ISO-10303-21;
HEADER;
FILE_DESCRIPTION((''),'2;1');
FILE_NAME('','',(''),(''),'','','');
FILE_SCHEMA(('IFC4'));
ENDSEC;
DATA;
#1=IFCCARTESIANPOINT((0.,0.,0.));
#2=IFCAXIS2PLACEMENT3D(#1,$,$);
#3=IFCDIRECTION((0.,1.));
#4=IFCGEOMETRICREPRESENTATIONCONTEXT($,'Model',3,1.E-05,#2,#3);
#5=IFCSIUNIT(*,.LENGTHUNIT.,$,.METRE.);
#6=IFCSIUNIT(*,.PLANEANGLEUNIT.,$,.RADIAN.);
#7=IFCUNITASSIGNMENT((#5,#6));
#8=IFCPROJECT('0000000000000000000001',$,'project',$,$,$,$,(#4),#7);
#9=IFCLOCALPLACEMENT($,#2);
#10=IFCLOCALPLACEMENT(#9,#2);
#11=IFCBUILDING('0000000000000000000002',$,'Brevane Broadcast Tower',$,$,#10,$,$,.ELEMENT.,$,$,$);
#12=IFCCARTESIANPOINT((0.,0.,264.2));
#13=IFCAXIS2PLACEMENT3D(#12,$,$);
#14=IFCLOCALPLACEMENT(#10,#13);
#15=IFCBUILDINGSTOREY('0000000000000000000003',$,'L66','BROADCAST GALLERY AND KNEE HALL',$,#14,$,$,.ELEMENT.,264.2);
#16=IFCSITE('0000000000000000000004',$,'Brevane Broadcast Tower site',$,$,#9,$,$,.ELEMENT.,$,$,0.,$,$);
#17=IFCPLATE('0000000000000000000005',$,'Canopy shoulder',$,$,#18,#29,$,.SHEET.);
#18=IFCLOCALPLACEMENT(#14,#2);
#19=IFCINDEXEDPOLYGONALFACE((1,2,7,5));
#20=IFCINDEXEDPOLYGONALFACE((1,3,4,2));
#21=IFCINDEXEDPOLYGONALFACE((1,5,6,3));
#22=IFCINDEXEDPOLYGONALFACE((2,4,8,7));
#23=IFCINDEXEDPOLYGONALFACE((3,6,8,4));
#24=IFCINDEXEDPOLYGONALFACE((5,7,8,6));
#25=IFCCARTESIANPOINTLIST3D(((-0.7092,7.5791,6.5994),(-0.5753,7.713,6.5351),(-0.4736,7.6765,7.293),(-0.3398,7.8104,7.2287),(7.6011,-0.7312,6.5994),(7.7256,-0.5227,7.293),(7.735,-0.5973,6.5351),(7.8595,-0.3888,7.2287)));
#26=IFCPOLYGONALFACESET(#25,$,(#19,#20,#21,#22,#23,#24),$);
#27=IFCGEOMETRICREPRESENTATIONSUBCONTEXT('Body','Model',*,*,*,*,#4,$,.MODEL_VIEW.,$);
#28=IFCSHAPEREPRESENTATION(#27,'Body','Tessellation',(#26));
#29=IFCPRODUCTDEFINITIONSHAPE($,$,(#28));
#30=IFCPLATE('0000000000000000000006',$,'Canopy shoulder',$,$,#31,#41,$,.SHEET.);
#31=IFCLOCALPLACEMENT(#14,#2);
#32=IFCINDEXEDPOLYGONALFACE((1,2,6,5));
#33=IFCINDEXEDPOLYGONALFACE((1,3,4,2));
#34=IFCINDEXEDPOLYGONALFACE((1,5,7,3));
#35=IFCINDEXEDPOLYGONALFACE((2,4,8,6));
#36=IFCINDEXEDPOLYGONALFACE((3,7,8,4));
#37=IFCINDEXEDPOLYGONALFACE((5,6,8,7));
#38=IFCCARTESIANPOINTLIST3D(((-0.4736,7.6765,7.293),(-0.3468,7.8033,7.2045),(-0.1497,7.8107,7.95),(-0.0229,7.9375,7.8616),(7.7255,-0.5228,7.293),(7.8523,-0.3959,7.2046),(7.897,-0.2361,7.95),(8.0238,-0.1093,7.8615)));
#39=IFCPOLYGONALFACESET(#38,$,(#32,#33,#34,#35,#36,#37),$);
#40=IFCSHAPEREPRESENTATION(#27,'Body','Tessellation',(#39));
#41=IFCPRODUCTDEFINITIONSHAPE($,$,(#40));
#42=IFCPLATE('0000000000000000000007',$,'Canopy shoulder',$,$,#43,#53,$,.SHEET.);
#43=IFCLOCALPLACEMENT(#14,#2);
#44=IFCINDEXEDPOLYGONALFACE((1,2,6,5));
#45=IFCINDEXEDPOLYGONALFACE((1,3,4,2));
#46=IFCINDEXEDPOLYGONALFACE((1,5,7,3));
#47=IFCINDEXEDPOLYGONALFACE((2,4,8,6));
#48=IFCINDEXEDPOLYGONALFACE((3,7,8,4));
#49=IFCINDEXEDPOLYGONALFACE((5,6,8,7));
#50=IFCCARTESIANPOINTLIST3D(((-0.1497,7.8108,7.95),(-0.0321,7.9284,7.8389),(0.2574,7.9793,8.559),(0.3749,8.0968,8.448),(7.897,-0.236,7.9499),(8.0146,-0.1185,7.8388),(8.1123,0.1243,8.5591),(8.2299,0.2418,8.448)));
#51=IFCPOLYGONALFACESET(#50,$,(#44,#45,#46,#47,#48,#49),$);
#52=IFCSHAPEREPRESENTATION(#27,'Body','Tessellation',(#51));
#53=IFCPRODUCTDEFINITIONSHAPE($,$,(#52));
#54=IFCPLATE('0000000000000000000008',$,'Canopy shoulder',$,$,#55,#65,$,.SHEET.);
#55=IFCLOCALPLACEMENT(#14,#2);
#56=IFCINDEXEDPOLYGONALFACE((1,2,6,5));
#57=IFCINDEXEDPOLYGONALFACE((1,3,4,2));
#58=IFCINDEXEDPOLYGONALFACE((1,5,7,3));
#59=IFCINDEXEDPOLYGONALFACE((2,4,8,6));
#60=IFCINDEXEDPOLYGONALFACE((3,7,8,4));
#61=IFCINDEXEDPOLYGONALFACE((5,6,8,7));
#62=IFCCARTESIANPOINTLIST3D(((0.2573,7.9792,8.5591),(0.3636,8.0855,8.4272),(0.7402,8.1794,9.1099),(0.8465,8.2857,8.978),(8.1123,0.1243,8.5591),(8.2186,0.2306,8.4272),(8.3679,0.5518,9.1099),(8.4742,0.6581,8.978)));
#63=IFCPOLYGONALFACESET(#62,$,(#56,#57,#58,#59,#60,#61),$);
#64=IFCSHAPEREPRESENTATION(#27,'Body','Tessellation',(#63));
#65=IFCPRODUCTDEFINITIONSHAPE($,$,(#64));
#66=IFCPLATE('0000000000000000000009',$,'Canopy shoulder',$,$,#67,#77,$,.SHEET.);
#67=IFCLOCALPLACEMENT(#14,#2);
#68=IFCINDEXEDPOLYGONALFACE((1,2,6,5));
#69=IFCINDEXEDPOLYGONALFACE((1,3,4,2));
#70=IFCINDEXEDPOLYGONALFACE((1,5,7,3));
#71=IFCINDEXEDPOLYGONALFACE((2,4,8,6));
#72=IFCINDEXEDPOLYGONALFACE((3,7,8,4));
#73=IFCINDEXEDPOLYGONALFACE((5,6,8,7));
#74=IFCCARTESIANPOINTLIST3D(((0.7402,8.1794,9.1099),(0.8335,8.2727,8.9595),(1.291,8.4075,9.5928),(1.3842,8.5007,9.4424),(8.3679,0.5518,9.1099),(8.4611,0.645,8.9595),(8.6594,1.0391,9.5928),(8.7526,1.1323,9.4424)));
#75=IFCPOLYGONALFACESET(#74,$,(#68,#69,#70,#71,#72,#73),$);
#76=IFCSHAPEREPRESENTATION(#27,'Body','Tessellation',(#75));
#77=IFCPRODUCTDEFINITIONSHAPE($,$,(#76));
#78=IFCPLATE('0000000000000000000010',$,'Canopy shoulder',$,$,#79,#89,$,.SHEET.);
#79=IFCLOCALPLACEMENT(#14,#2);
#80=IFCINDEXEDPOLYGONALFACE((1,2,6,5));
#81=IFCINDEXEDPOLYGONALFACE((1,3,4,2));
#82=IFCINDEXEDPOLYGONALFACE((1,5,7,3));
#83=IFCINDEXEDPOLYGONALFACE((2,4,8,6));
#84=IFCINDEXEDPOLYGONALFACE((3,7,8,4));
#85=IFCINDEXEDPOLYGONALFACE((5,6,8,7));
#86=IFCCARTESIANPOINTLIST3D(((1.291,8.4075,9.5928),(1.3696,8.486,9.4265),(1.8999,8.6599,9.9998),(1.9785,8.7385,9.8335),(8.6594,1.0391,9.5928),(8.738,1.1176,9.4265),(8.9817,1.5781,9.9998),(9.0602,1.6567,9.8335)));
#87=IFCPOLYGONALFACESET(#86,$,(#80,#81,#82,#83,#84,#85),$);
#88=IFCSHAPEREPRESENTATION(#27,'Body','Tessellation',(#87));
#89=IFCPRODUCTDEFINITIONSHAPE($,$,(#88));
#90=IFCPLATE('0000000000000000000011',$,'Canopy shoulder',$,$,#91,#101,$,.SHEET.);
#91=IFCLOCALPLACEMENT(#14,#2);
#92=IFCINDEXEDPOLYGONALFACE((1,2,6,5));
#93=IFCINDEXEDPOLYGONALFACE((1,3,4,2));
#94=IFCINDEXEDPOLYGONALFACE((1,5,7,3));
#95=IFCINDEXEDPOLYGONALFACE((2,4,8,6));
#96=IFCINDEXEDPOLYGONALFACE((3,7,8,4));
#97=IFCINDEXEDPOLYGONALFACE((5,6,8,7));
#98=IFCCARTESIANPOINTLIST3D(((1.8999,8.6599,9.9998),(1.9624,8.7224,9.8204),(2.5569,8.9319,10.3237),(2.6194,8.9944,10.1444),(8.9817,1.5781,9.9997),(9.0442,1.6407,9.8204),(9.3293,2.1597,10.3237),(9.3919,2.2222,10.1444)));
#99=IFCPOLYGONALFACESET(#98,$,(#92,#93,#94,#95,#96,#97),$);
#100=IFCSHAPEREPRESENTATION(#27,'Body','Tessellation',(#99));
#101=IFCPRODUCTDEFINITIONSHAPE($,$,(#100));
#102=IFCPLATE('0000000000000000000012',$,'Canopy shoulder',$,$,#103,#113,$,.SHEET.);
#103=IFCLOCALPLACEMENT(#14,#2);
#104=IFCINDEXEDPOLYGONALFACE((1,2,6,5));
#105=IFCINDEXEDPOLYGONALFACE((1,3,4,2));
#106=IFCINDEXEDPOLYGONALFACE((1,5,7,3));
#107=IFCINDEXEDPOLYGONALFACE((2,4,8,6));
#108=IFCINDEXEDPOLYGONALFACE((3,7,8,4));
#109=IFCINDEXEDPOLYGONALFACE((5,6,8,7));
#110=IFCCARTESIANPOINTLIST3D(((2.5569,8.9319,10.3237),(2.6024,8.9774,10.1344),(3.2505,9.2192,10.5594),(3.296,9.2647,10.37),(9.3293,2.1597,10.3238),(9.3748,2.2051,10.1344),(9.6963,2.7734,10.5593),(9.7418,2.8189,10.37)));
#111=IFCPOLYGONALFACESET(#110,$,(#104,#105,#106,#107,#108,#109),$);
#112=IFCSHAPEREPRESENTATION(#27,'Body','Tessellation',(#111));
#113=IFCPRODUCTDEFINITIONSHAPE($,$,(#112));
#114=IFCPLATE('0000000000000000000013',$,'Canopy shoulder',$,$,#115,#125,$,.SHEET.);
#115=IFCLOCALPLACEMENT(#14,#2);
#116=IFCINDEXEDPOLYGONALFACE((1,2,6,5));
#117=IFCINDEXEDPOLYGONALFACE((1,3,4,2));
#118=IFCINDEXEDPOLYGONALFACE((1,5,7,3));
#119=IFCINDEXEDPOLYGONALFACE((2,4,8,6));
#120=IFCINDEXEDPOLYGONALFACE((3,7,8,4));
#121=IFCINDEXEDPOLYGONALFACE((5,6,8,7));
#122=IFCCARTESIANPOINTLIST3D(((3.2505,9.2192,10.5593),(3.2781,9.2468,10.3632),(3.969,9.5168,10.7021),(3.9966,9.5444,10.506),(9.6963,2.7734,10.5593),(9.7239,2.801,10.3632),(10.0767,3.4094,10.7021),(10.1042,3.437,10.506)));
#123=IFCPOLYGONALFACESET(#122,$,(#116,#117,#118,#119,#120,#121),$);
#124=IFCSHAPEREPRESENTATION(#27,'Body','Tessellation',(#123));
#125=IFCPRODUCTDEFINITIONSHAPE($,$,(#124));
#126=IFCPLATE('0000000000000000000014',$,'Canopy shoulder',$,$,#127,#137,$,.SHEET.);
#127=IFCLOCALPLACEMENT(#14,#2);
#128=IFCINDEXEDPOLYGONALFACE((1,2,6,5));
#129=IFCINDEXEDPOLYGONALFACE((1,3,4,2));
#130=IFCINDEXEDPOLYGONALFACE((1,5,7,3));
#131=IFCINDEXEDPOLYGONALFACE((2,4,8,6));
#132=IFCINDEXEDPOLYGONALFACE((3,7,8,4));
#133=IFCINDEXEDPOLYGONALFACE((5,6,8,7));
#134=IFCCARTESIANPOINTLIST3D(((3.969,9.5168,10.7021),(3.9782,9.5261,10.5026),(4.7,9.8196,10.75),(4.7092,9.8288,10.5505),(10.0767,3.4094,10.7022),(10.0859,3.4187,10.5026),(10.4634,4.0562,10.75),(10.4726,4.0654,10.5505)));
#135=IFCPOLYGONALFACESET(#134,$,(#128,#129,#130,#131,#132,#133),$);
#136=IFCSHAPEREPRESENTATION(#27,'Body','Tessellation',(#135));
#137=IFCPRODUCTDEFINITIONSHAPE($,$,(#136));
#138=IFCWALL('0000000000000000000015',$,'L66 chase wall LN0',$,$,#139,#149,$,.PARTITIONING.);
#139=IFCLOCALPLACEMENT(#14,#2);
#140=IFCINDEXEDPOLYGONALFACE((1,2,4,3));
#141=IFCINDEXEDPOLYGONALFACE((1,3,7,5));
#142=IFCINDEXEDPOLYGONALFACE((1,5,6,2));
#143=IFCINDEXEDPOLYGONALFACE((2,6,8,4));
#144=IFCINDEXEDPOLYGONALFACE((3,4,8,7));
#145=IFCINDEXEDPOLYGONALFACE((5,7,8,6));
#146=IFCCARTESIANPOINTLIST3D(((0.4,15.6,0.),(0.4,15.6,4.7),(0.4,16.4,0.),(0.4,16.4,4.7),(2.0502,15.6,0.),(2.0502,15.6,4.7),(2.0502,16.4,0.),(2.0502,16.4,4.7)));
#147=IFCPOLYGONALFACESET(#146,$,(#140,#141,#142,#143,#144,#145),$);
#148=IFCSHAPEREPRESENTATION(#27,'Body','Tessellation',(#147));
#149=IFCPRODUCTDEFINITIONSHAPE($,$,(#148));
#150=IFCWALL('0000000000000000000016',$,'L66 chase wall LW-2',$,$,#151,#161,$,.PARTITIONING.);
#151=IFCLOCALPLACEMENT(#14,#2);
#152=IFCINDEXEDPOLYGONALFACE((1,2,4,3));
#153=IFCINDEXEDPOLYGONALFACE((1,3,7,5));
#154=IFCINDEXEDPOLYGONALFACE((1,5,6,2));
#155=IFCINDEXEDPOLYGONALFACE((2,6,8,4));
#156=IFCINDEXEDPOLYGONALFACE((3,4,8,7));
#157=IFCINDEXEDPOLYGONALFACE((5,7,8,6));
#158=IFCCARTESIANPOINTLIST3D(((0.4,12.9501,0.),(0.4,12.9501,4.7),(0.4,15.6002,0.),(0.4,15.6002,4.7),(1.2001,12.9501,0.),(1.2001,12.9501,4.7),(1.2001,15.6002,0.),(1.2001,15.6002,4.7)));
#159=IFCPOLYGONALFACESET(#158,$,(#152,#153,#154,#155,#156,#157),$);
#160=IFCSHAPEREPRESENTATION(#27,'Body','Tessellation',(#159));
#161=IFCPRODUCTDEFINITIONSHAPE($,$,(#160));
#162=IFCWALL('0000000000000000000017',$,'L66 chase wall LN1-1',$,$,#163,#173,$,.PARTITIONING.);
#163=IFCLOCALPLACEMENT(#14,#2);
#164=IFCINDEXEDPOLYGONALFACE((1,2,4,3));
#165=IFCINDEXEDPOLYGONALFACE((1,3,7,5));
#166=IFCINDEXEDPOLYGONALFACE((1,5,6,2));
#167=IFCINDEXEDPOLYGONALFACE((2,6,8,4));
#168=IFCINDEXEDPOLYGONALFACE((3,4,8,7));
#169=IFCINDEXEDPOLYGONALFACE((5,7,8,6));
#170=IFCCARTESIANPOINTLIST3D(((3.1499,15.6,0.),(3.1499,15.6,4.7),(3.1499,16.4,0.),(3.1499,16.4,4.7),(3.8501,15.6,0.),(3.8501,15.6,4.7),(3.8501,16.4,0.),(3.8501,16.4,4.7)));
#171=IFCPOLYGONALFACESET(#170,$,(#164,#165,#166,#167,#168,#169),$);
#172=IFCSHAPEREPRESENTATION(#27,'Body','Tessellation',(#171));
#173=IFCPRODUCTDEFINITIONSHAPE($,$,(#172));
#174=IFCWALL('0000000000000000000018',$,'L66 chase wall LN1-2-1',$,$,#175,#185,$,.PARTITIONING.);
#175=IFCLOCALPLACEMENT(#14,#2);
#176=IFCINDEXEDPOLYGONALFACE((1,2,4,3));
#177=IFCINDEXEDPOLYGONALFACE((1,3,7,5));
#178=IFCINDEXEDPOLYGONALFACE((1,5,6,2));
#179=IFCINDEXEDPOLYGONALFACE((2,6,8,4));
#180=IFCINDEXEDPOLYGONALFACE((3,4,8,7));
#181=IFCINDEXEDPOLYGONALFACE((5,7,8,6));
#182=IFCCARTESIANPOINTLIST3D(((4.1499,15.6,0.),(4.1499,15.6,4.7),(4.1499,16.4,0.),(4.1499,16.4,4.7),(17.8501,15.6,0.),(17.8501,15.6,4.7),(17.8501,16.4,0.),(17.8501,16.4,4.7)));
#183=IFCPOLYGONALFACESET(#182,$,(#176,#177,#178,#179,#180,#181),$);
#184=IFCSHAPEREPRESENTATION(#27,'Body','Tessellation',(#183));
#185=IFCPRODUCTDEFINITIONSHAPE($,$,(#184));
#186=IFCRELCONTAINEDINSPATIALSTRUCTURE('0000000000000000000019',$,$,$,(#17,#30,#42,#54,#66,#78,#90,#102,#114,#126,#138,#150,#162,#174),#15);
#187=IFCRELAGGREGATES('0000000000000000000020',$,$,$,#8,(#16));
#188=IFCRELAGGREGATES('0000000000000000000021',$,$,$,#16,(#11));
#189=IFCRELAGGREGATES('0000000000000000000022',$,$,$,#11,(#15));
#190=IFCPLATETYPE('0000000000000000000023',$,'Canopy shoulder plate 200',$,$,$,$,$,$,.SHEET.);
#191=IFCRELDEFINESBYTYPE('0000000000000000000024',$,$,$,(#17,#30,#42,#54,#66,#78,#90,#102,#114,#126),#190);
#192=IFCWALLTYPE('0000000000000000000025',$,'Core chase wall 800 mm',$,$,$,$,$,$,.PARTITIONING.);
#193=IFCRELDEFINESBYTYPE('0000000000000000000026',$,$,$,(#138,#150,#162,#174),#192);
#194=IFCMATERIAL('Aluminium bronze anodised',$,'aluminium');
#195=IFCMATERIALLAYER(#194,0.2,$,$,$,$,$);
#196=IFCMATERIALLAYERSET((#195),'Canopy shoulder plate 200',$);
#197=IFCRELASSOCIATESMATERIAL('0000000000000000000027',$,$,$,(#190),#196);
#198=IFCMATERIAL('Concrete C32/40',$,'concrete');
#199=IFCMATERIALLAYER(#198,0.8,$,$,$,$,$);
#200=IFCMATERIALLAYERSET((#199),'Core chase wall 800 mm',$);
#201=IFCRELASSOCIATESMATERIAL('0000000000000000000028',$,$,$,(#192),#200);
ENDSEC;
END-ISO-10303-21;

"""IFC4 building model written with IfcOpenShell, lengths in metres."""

from ifc_helpers import new_model, si_unit, direction, frame, frame_2d, origin, place, context, subcontext, project, spatial, polyline, rectangle, outline, extrude, material, layer, layer_set, type_object, element, save


model = new_model("IFC4")

# Units and contexts
model_context = context("Model", 3, precision=1e-05, world=origin(), true_north=direction((0.0, 1.0)))
body_context = subcontext(model_context, "Body", "Model", "MODEL_VIEW")
ifc_project = project(units=[si_unit("LENGTHUNIT", "METRE"), si_unit("PLANEANGLEUNIT", "RADIAN")], contexts=[model_context])

# Site, building, storey
site_placement = place(None, origin())
site = spatial("IfcSite", under=ifc_project, at=site_placement, Name="Brevane Broadcast Tower site", CompositionType="ELEMENT", RefElevation=0.0)
building_placement = place(site_placement, origin())
building = spatial("IfcBuilding", under=site, at=building_placement, Name="Brevane Broadcast Tower", CompositionType="ELEMENT")
storey_placement = place(building_placement, frame((0.0, 0.0, 264.2)))
storey = spatial("IfcBuildingStorey", under=building, at=storey_placement, Name="L66", Description="BROADCAST GALLERY AND KNEE HALL", CompositionType="ELEMENT", Elevation=264.2)

# Plates
ifc_material_1 = material(Name="Aluminium bronze anodised", Category="aluminium")
ifc_layer_1 = layer(ifc_material_1, 0.2)
ifc_layer_set_1 = layer_set([ifc_layer_1], Name="Canopy shoulder plate 200")
plate_type = type_object("IfcPlateType", Name="Canopy shoulder plate 200", PredefinedType="SHEET", material=ifc_layer_set_1)
plate_1_placement = place(storey_placement, frame((-0.7092, 7.5791, 6.5994), z_axis=(-0.669573, -0.669573, 0.321471), x_axis=(0.707107, -0.707107, 0.0)))
element("IfcPlate", 1, at=plate_1_placement, inside=storey, type_object=plate_type, Name="Canopy shoulder", PredefinedType="SHEET", context=body_context, shape_type="SweptSolid", body=[
    extrude(outline(polyline([(0.0, 0.0), (11.7525, 0.0), (11.6932, 0.7325), (0.0977, 0.7325), (0.0, 0.0)])), origin(), (0.0, 0.0, -1.0), 0.2),
])
plate_2_placement = place(storey_placement, frame((-0.4736, 7.6765, 7.293), z_axis=(-0.634205, -0.634196, 0.442244), x_axis=(0.707103, -0.707111, 0.000003)))
element("IfcPlate", 2, at=plate_2_placement, inside=storey, type_object=plate_type, Name="Canopy shoulder", PredefinedType="SHEET", context=body_context, shape_type="SweptSolid", body=[
    extrude(outline(polyline([(0.0, 0.0), (11.5954, 0.0), (11.514, 0.7325), (0.1341, 0.7325), (0.0, 0.0)])), origin(), (0.0, 0.0, -1.0), 0.2),
])
plate_3_placement = place(storey_placement, frame((-0.1497, 7.8108, 7.95), z_axis=(-0.587953, -0.587944, 0.555547), x_axis=(0.7071, -0.707114, -0.000003)))
element("IfcPlate", 3, at=plate_3_placement, inside=storey, type_object=plate_type, Name="Canopy shoulder", PredefinedType="SHEET", context=body_context, shape_type="SweptSolid", body=[
    extrude(outline(polyline([(0.0, 0.0), (11.3798, 0.0), (11.2773, 0.7326), (0.1687, 0.7325), (0.0, 0.0)])), origin(), (0.0, 0.0, -1.0), 0.2),
])
plate_4_placement = place(storey_placement, frame((0.2573, 7.9792, 8.5591), z_axis=(-0.531628, -0.531628, 0.659351), x_axis=(0.707107, -0.707107, 0.0)))
element("IfcPlate", 4, at=plate_4_placement, inside=storey, type_object=plate_type, Name="Canopy shoulder", PredefinedType="SHEET", context=body_context, shape_type="SweptSolid", body=[
    extrude(outline(polyline([(0.0, 0.0), (11.1086, 0.0), (10.9871, 0.7326), (0.1999, 0.7326), (0.0, 0.0)])), origin(), (0.0, 0.0, -1.0), 0.2),
])
plate_5_placement = place(storey_placement, frame((0.7402, 8.1794, 9.1099), z_axis=(-0.466205, -0.466205, 0.751868), x_axis=(0.707107, -0.707107, 0.0)))
element("IfcPlate", 5, at=plate_5_placement, inside=storey, type_object=plate_type, Name="Canopy shoulder", PredefinedType="SHEET", context=body_context, shape_type="SweptSolid", body=[
    extrude(outline(polyline([(0.0, 0.0), (10.7872, 0.0), (10.6487, 0.7324), (0.2282, 0.7324), (0.0, 0.0)])), origin(), (0.0, 0.0, -1.0), 0.2),
])
plate_6_placement = place(storey_placement, frame((1.291, 8.4075, 9.5928), z_axis=(-0.392866, -0.392866, 0.831452), x_axis=(0.707107, -0.707107, 0.0)))
element("IfcPlate", 6, at=plate_6_placement, inside=storey, type_object=plate_type, Name="Canopy shoulder", PredefinedType="SHEET", context=body_context, shape_type="SweptSolid", body=[
    extrude(outline(polyline([(0.0, 0.0), (10.4205, 0.0), (10.2672, 0.7325), (0.252, 0.7325), (0.0, 0.0)])), origin(), (0.0, 0.0, -1.0), 0.2),
])
plate_7_placement = place(storey_placement, frame((1.8999, 8.6599, 9.9998), z_axis=(-0.312742, -0.312748, 0.896873), x_axis=(0.707108, -0.707106, -0.000003)))
element("IfcPlate", 7, at=plate_7_placement, inside=storey, type_object=plate_type, Name="Canopy shoulder", PredefinedType="SHEET", context=body_context, shape_type="SweptSolid", body=[
    extrude(outline(polyline([(0.0, 0.0), (10.0152, 0.0), (9.8498, 0.7326), (0.2722, 0.7324), (0.0, 0.0)])), origin(), (0.0, 0.0, -1.0), 0.2),
])
plate_8_placement = place(storey_placement, frame((2.5569, 8.9319, 10.3237), z_axis=(-0.227433, -0.227438, 0.946861), x_axis=(0.707119, -0.707095, 0.000003)))
element("IfcPlate", 8, at=plate_8_placement, inside=storey, type_object=plate_type, Name="Canopy shoulder", PredefinedType="SHEET", context=body_context, shape_type="SweptSolid", body=[
    extrude(outline(polyline([(0.0, 0.0), (9.5775, 0.0), (9.403, 0.7324), (0.2873, 0.7326), (0.0, 0.0)])), origin(), (0.0, 0.0, -1.0), 0.2),
])
plate_9_placement = place(storey_placement, frame((3.2505, 9.2192, 10.5593), z_axis=(-0.137843, -0.137846, 0.980815), x_axis=(0.707107, -0.707107, -0.000002)))
element("IfcPlate", 9, at=plate_9_placement, inside=storey, type_object=plate_type, Name="Canopy shoulder", PredefinedType="SHEET", context=body_context, shape_type="SweptSolid", body=[
    extrude(outline(polyline([(0.0, 0.0), (9.1157, 0.0), (8.935, 0.7327), (0.2976, 0.7326), (0.0, 0.0)])), origin(), (0.0, 0.0, -1.0), 0.2),
])
plate_10_placement = place(storey_placement, frame((3.969, 9.5168, 10.7021), z_axis=(-0.046198, -0.046199, 0.997863), x_axis=(0.707121, -0.707093, 0.000001)))
element("IfcPlate", 10, at=plate_10_placement, inside=storey, type_object=plate_type, Name="Canopy shoulder", PredefinedType="SHEET", context=body_context, shape_type="SweptSolid", body=[
    extrude(outline(polyline([(0.0, 0.0), (8.6374, 0.0), (8.4535, 0.7323), (0.3028, 0.7325), (0.0, 0.0)])), origin(), (0.0, 0.0, -1.0), 0.2),
])

# Walls
ifc_material_2 = material(Name="Concrete C32/40", Category="concrete")
ifc_layer_2 = layer(ifc_material_2, 0.8)
ifc_layer_set_2 = layer_set([ifc_layer_2], Name="Core chase wall 800 mm")
wall_type_1 = type_object("IfcWallType", Name="Core chase wall 800 mm", PredefinedType="PARTITIONING", material=ifc_layer_set_2)
wall_1_placement = place(storey_placement, frame((0.3999, 16.0, 0.0), z_axis=(0.0, 0.0, 1.0), x_axis=(1.0, 0.0, 0.0)))
element("IfcWall", 11, at=wall_1_placement, inside=storey, type_object=wall_type_1, Name="L66 chase wall LN0", PredefinedType="PARTITIONING", context=body_context, shape_type="SweptSolid", body=[
    extrude(rectangle(XDim=1.6501, YDim=0.8, at=frame_2d((0.8252, 0.0))), origin(), (0.0, 0.0, 1.0), 4.7),
])
wall_2_placement = place(storey_placement, frame((0.8, 12.95, 0.0), z_axis=(0.0, 0.0, 1.0), x_axis=(0.0, 1.0, 0.0)))
element("IfcWall", 12, at=wall_2_placement, inside=storey, type_object=wall_type_1, Name="L66 chase wall LW-2", PredefinedType="PARTITIONING", context=body_context, shape_type="SweptSolid", body=[
    extrude(rectangle(XDim=2.6501, YDim=0.8, at=frame_2d((1.3252, 0.0))), origin(), (0.0, 0.0, 1.0), 4.7),
])
wall_3_placement = place(storey_placement, frame((3.1499, 16.0, 0.0), z_axis=(0.0, 0.0, 1.0), x_axis=(1.0, 0.0, 0.0)))
element("IfcWall", 13, at=wall_3_placement, inside=storey, type_object=wall_type_1, Name="L66 chase wall LN1-1", PredefinedType="PARTITIONING", context=body_context, shape_type="SweptSolid", body=[
    extrude(rectangle(XDim=0.7002, YDim=0.8, at=frame_2d((0.3501, 0.0))), origin(), (0.0, 0.0, 1.0), 4.7),
])
wall_4_placement = place(storey_placement, frame((4.1499, 16.0, 0.0), z_axis=(0.0, 0.0, 1.0), x_axis=(1.0, 0.0, 0.0)))
element("IfcWall", 14, at=wall_4_placement, inside=storey, type_object=wall_type_1, Name="L66 chase wall LN1-2-1", PredefinedType="PARTITIONING", context=body_context, shape_type="SweptSolid", body=[
    extrude(rectangle(XDim=13.7002, YDim=0.8, at=frame_2d((6.8501, 0.0))), origin(), (0.0, 0.0, 1.0), 4.7),
])

save(model, "model.ifc")
